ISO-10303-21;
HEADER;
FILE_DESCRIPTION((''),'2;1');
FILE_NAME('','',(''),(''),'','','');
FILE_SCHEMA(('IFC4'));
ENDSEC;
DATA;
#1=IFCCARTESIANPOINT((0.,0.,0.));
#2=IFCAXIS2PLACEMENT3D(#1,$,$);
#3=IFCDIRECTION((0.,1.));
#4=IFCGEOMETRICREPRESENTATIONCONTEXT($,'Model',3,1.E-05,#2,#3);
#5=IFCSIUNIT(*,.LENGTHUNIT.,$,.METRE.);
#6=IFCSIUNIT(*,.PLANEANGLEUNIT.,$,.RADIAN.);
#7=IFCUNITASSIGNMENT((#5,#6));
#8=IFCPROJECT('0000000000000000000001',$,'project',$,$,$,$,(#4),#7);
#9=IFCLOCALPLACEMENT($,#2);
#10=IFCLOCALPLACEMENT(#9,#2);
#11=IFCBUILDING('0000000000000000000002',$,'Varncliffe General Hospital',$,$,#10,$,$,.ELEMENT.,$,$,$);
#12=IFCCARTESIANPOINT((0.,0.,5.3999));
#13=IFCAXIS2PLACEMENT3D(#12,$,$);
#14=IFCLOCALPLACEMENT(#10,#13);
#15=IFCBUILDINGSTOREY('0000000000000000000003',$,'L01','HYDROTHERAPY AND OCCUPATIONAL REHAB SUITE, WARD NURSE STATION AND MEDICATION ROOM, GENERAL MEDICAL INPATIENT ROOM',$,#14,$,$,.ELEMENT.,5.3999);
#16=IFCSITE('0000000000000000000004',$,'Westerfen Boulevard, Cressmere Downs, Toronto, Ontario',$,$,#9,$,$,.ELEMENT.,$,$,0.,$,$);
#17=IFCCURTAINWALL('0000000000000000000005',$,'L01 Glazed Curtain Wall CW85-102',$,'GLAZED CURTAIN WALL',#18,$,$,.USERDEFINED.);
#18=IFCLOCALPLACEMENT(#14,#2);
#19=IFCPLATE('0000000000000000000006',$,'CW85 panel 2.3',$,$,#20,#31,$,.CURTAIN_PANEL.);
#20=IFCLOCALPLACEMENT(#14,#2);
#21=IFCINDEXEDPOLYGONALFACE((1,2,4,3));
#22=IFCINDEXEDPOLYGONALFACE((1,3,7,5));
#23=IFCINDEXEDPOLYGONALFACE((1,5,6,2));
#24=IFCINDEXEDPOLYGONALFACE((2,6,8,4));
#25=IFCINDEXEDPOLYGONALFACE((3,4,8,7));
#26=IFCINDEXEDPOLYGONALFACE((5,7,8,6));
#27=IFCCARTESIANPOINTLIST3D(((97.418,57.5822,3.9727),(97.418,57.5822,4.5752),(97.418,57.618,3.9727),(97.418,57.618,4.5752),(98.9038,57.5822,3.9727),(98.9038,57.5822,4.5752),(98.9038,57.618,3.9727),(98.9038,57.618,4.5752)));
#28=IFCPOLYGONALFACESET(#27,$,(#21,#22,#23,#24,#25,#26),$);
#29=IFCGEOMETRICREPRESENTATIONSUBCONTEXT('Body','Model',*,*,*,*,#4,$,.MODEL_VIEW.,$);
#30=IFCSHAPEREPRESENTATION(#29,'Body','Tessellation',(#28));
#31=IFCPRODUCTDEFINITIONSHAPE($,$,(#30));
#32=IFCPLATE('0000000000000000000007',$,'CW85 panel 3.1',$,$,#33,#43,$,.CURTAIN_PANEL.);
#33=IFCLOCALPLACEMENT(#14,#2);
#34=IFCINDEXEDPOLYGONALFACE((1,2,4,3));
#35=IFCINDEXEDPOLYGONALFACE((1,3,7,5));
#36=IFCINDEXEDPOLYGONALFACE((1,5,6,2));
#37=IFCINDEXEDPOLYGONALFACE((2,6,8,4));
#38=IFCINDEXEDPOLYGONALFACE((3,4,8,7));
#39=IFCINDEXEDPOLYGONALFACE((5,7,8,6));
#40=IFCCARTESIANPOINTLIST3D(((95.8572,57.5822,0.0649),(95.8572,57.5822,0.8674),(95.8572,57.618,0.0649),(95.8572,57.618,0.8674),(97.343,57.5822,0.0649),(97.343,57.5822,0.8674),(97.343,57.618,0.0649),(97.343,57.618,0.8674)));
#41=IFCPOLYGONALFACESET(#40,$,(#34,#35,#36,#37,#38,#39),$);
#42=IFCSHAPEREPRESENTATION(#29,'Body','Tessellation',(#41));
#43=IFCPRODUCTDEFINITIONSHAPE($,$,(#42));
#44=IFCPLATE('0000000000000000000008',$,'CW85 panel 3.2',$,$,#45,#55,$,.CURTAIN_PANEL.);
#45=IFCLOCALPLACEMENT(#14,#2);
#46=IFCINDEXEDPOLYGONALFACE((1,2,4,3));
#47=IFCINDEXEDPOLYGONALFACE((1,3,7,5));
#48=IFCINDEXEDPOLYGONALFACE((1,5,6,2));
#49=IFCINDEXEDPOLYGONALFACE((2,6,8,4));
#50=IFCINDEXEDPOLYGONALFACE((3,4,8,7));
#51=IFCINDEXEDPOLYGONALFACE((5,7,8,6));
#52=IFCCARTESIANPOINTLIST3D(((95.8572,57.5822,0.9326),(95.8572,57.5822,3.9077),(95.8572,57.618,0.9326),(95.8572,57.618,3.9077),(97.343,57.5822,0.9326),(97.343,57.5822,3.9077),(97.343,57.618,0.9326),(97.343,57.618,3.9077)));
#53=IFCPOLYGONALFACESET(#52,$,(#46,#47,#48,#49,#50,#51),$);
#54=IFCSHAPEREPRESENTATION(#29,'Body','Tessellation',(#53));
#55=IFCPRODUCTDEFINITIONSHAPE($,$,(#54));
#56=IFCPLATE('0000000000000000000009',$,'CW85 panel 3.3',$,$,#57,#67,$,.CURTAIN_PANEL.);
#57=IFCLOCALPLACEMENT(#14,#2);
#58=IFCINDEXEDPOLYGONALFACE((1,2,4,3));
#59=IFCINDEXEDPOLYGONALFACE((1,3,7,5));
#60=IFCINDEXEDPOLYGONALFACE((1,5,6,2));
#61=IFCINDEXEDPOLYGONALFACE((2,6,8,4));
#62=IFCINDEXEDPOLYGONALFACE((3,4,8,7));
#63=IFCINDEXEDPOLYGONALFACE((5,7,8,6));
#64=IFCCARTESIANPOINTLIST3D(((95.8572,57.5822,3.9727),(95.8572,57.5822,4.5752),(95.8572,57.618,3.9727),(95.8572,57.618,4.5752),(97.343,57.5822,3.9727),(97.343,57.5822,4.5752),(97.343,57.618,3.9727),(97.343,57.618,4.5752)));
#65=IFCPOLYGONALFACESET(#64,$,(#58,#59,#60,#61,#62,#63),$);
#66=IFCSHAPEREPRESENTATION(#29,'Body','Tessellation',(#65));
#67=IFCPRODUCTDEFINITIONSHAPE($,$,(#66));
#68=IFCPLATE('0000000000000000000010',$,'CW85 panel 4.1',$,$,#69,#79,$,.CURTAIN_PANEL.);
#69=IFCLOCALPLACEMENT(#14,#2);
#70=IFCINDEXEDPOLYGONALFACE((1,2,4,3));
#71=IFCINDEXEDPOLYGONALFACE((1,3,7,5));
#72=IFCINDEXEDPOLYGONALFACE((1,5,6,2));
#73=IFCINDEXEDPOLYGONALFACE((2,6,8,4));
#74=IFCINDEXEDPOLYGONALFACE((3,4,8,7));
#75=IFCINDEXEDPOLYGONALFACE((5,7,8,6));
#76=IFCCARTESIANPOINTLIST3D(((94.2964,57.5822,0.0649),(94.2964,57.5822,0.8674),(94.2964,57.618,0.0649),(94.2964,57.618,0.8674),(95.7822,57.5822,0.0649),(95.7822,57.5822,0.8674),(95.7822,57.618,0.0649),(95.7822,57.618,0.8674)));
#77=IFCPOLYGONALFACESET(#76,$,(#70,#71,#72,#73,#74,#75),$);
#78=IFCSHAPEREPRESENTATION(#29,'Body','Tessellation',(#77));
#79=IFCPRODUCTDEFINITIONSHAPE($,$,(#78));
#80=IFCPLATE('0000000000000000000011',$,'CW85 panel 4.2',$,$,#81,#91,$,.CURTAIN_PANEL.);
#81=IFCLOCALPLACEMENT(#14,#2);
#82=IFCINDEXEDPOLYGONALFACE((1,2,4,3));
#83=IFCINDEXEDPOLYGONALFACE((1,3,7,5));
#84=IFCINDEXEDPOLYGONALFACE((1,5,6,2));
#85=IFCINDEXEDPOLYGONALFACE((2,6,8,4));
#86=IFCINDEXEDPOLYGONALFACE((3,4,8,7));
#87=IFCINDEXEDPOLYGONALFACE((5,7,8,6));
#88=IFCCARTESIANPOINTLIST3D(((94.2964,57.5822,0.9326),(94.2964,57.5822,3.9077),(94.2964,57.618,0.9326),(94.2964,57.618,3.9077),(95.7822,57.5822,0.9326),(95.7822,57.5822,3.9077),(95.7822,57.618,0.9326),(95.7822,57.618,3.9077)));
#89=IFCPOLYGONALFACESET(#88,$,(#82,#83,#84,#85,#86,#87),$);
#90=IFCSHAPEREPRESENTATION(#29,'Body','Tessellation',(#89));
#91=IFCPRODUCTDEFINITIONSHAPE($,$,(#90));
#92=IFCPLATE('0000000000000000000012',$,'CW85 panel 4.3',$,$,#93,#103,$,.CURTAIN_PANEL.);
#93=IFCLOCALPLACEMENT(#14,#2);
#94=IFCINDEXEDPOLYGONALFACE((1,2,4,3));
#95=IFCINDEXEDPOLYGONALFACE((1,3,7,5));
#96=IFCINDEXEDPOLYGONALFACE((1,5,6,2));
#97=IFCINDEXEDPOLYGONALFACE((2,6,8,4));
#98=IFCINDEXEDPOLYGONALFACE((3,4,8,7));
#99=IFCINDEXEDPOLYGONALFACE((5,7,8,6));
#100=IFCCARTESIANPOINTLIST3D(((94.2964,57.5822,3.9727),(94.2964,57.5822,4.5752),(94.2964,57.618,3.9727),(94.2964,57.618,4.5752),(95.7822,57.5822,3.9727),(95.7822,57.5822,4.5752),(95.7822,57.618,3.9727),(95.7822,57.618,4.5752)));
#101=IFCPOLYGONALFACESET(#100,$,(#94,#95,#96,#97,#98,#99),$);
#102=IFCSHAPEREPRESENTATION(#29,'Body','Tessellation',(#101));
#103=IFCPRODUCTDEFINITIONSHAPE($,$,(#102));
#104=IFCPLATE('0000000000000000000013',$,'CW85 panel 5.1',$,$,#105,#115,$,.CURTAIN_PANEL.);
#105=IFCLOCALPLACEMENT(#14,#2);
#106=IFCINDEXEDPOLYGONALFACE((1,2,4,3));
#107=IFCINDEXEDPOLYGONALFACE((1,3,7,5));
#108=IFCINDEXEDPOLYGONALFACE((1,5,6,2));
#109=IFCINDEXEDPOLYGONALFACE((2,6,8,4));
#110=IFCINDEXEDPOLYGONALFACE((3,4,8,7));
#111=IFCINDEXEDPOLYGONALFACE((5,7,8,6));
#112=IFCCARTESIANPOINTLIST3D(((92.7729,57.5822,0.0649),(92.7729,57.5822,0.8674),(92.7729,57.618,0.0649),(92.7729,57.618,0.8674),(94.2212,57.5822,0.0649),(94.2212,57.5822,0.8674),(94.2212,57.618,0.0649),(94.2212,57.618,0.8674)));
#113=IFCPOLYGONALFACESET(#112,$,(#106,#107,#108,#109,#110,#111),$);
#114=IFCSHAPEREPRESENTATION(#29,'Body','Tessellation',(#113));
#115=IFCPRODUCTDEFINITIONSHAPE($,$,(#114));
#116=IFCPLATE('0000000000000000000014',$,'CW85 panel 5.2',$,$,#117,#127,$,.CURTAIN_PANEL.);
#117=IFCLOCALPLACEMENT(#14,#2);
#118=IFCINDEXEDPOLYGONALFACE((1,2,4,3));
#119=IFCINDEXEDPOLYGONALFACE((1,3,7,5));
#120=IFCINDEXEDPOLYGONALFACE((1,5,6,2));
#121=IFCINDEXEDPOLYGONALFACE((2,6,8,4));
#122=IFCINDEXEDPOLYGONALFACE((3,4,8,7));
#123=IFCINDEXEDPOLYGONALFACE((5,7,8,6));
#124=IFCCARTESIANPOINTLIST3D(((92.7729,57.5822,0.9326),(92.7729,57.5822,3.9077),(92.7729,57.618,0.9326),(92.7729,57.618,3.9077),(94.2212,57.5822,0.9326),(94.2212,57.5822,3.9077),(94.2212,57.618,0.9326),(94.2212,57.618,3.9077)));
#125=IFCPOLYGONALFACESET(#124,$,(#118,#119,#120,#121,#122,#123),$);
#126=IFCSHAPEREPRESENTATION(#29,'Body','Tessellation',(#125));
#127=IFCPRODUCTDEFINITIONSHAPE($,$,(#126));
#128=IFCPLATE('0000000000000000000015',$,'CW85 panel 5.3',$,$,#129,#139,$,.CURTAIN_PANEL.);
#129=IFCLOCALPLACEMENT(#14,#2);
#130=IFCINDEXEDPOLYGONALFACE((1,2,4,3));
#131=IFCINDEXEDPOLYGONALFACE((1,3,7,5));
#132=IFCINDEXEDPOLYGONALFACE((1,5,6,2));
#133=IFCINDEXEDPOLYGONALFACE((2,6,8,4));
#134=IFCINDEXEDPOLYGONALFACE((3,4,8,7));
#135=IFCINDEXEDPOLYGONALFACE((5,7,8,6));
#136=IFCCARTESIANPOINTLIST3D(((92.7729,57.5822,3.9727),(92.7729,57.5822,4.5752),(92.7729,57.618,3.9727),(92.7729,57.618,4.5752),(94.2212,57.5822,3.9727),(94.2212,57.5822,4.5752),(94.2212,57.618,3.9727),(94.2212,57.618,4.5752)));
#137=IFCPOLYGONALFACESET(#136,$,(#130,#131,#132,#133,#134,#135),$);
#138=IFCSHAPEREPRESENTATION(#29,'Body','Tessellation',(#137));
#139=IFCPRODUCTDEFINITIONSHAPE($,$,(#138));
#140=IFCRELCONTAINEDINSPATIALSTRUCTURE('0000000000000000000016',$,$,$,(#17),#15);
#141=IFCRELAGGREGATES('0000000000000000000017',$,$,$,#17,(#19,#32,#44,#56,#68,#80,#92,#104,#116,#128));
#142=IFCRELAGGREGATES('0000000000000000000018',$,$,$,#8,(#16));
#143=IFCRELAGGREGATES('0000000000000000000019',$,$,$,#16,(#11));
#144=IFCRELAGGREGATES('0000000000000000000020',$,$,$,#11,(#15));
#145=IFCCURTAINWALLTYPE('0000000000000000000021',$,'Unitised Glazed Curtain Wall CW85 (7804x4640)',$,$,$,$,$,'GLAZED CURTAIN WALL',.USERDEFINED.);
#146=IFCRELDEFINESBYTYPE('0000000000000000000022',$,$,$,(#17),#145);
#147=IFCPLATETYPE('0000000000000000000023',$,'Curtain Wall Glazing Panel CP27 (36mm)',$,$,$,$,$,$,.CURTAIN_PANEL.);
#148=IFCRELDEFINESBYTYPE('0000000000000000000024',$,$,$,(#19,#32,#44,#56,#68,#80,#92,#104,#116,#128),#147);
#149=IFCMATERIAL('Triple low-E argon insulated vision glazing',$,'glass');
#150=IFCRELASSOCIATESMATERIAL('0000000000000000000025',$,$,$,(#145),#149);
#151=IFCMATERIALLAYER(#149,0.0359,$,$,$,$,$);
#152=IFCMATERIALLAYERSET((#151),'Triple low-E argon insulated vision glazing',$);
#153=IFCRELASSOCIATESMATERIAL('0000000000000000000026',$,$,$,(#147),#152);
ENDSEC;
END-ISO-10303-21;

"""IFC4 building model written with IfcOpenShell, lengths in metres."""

from ifc_helpers import new_model, si_unit, direction, frame, origin, origin_2d, place, context, subcontext, project, spatial, rectangle, extrude, material, layer, layer_set, type_object, element, aggregate, save


model = new_model("IFC4")

# Units and contexts
model_context = context("Model", 3, precision=1e-05, world=origin(), true_north=direction((0.0, 1.0)))
body_context = subcontext(model_context, "Body", "Model", "MODEL_VIEW")
ifc_project = project(units=[si_unit("LENGTHUNIT", "METRE"), si_unit("PLANEANGLEUNIT", "RADIAN")], contexts=[model_context])

# Site, building, storey
site_placement = place(None, origin())
site = spatial("IfcSite", under=ifc_project, at=site_placement, Name="Westerfen Boulevard, Cressmere Downs, Toronto, Ontario", CompositionType="ELEMENT", RefElevation=0.0)
building_placement = place(site_placement, origin())
building = spatial("IfcBuilding", under=site, at=building_placement, Name="Varncliffe General Hospital", CompositionType="ELEMENT")
storey_placement = place(building_placement, frame((0.0, 0.0, 5.3999)))
storey = spatial("IfcBuildingStorey", under=building, at=storey_placement, Name="L01", Description="HYDROTHERAPY AND OCCUPATIONAL REHAB SUITE, WARD NURSE STATION AND MEDICATION ROOM, GENERAL MEDICAL INPATIENT ROOM", CompositionType="ELEMENT", Elevation=5.3999)

# Shared definitions
ifc_material_1 = material(Name="Triple low-E argon insulated vision glazing", Category="glass")

# Curtain wall
curtain_wall_type_1 = type_object("IfcCurtainWallType", Name="Unitised Glazed Curtain Wall CW85 (7804x4640)", ElementType="GLAZED CURTAIN WALL", PredefinedType="USERDEFINED", material=ifc_material_1)
curtain_wall_1_placement = place(storey_placement, origin())
curtain_wall_1 = element("IfcCurtainWall", 1, at=curtain_wall_1_placement, inside=storey, type_object=curtain_wall_type_1, Name="L01 Glazed Curtain Wall CW85-102", ObjectType="GLAZED CURTAIN WALL", PredefinedType="USERDEFINED")

# Plates
ifc_layer = layer(ifc_material_1, 0.0359)
ifc_layer_set = layer_set([ifc_layer], Name="Triple low-E argon insulated vision glazing")
plate_type = type_object("IfcPlateType", Name="Curtain Wall Glazing Panel CP27 (36mm)", PredefinedType="CURTAIN_PANEL", material=ifc_layer_set)
plate_1_placement = place(storey_placement, frame((98.1609, 57.6001, 3.9727), z_axis=(0.0, 0.0, 1.0), x_axis=(-1.0, 0.0, 0.0)))
plate_1 = element("IfcPlate", 2, at=plate_1_placement, type_object=plate_type, Name="CW85 panel 2.3", PredefinedType="CURTAIN_PANEL", context=body_context, shape_type="SweptSolid", body=[
    extrude(rectangle(XDim=1.4858, YDim=0.0359, at=origin_2d()), origin(), (0.0, 0.0, 1.0), 0.6025),
])
plate_2_placement = place(storey_placement, frame((96.6001, 57.6001, 0.0649), z_axis=(0.0, 0.0, 1.0), x_axis=(-1.0, 0.0, 0.0)))
plate_2 = element("IfcPlate", 3, at=plate_2_placement, type_object=plate_type, Name="CW85 panel 3.1", PredefinedType="CURTAIN_PANEL", context=body_context, shape_type="SweptSolid", body=[
    extrude(rectangle(XDim=1.4858, YDim=0.0359, at=origin_2d()), origin(), (0.0, 0.0, 1.0), 0.8025),
])
plate_3_placement = place(storey_placement, frame((96.6001, 57.6001, 0.9326), z_axis=(0.0, 0.0, 1.0), x_axis=(-1.0, 0.0, 0.0)))
plate_3 = element("IfcPlate", 4, at=plate_3_placement, type_object=plate_type, Name="CW85 panel 3.2", PredefinedType="CURTAIN_PANEL", context=body_context, shape_type="SweptSolid", body=[
    extrude(rectangle(XDim=1.4858, YDim=0.0359, at=origin_2d()), origin(), (0.0, 0.0, 1.0), 2.9751),
])
plate_4_placement = place(storey_placement, frame((96.6001, 57.6001, 3.9727), z_axis=(0.0, 0.0, 1.0), x_axis=(-1.0, 0.0, 0.0)))
plate_4 = element("IfcPlate", 5, at=plate_4_placement, type_object=plate_type, Name="CW85 panel 3.3", PredefinedType="CURTAIN_PANEL", context=body_context, shape_type="SweptSolid", body=[
    extrude(rectangle(XDim=1.4858, YDim=0.0359, at=origin_2d()), origin(), (0.0, 0.0, 1.0), 0.6025),
])
plate_5_placement = place(storey_placement, frame((95.0393, 57.6001, 0.0649), z_axis=(0.0, 0.0, 1.0), x_axis=(-1.0, 0.0, 0.0)))
plate_5 = element("IfcPlate", 6, at=plate_5_placement, type_object=plate_type, Name="CW85 panel 4.1", PredefinedType="CURTAIN_PANEL", context=body_context, shape_type="SweptSolid", body=[
    extrude(rectangle(XDim=1.4858, YDim=0.0359, at=origin_2d()), origin(), (0.0, 0.0, 1.0), 0.8025),
])
plate_6_placement = place(storey_placement, frame((95.0393, 57.6001, 0.9326), z_axis=(0.0, 0.0, 1.0), x_axis=(-1.0, 0.0, 0.0)))
plate_6 = element("IfcPlate", 7, at=plate_6_placement, type_object=plate_type, Name="CW85 panel 4.2", PredefinedType="CURTAIN_PANEL", context=body_context, shape_type="SweptSolid", body=[
    extrude(rectangle(XDim=1.4858, YDim=0.0359, at=origin_2d()), origin(), (0.0, 0.0, 1.0), 2.9751),
])
plate_7_placement = place(storey_placement, frame((95.0393, 57.6001, 3.9727), z_axis=(0.0, 0.0, 1.0), x_axis=(-1.0, 0.0, 0.0)))
plate_7 = element("IfcPlate", 8, at=plate_7_placement, type_object=plate_type, Name="CW85 panel 4.3", PredefinedType="CURTAIN_PANEL", context=body_context, shape_type="SweptSolid", body=[
    extrude(rectangle(XDim=1.4858, YDim=0.0359, at=origin_2d()), origin(), (0.0, 0.0, 1.0), 0.6025),
])
plate_8_placement = place(storey_placement, frame((93.4971, 57.6001, 0.0649), z_axis=(0.0, 0.0, 1.0), x_axis=(-1.0, 0.0, 0.0)))
plate_8 = element("IfcPlate", 9, at=plate_8_placement, type_object=plate_type, Name="CW85 panel 5.1", PredefinedType="CURTAIN_PANEL", context=body_context, shape_type="SweptSolid", body=[
    extrude(rectangle(XDim=1.4482, YDim=0.0359, at=origin_2d()), origin(), (0.0, 0.0, 1.0), 0.8025),
])
plate_9_placement = place(storey_placement, frame((93.4971, 57.6001, 0.9326), z_axis=(0.0, 0.0, 1.0), x_axis=(-1.0, 0.0, 0.0)))
plate_9 = element("IfcPlate", 10, at=plate_9_placement, type_object=plate_type, Name="CW85 panel 5.2", PredefinedType="CURTAIN_PANEL", context=body_context, shape_type="SweptSolid", body=[
    extrude(rectangle(XDim=1.4482, YDim=0.0359, at=origin_2d()), origin(), (0.0, 0.0, 1.0), 2.9751),
])
plate_10_placement = place(storey_placement, frame((93.4971, 57.6001, 3.9727), z_axis=(0.0, 0.0, 1.0), x_axis=(-1.0, 0.0, 0.0)))
plate_10 = element("IfcPlate", 11, at=plate_10_placement, type_object=plate_type, Name="CW85 panel 5.3", PredefinedType="CURTAIN_PANEL", context=body_context, shape_type="SweptSolid", body=[
    extrude(rectangle(XDim=1.4482, YDim=0.0359, at=origin_2d()), origin(), (0.0, 0.0, 1.0), 0.6025),
])
aggregate(curtain_wall_1, [plate_1, plate_2, plate_3, plate_4, plate_5, plate_6, plate_7, plate_8, plate_9, plate_10])

save(model, "model.ifc")
